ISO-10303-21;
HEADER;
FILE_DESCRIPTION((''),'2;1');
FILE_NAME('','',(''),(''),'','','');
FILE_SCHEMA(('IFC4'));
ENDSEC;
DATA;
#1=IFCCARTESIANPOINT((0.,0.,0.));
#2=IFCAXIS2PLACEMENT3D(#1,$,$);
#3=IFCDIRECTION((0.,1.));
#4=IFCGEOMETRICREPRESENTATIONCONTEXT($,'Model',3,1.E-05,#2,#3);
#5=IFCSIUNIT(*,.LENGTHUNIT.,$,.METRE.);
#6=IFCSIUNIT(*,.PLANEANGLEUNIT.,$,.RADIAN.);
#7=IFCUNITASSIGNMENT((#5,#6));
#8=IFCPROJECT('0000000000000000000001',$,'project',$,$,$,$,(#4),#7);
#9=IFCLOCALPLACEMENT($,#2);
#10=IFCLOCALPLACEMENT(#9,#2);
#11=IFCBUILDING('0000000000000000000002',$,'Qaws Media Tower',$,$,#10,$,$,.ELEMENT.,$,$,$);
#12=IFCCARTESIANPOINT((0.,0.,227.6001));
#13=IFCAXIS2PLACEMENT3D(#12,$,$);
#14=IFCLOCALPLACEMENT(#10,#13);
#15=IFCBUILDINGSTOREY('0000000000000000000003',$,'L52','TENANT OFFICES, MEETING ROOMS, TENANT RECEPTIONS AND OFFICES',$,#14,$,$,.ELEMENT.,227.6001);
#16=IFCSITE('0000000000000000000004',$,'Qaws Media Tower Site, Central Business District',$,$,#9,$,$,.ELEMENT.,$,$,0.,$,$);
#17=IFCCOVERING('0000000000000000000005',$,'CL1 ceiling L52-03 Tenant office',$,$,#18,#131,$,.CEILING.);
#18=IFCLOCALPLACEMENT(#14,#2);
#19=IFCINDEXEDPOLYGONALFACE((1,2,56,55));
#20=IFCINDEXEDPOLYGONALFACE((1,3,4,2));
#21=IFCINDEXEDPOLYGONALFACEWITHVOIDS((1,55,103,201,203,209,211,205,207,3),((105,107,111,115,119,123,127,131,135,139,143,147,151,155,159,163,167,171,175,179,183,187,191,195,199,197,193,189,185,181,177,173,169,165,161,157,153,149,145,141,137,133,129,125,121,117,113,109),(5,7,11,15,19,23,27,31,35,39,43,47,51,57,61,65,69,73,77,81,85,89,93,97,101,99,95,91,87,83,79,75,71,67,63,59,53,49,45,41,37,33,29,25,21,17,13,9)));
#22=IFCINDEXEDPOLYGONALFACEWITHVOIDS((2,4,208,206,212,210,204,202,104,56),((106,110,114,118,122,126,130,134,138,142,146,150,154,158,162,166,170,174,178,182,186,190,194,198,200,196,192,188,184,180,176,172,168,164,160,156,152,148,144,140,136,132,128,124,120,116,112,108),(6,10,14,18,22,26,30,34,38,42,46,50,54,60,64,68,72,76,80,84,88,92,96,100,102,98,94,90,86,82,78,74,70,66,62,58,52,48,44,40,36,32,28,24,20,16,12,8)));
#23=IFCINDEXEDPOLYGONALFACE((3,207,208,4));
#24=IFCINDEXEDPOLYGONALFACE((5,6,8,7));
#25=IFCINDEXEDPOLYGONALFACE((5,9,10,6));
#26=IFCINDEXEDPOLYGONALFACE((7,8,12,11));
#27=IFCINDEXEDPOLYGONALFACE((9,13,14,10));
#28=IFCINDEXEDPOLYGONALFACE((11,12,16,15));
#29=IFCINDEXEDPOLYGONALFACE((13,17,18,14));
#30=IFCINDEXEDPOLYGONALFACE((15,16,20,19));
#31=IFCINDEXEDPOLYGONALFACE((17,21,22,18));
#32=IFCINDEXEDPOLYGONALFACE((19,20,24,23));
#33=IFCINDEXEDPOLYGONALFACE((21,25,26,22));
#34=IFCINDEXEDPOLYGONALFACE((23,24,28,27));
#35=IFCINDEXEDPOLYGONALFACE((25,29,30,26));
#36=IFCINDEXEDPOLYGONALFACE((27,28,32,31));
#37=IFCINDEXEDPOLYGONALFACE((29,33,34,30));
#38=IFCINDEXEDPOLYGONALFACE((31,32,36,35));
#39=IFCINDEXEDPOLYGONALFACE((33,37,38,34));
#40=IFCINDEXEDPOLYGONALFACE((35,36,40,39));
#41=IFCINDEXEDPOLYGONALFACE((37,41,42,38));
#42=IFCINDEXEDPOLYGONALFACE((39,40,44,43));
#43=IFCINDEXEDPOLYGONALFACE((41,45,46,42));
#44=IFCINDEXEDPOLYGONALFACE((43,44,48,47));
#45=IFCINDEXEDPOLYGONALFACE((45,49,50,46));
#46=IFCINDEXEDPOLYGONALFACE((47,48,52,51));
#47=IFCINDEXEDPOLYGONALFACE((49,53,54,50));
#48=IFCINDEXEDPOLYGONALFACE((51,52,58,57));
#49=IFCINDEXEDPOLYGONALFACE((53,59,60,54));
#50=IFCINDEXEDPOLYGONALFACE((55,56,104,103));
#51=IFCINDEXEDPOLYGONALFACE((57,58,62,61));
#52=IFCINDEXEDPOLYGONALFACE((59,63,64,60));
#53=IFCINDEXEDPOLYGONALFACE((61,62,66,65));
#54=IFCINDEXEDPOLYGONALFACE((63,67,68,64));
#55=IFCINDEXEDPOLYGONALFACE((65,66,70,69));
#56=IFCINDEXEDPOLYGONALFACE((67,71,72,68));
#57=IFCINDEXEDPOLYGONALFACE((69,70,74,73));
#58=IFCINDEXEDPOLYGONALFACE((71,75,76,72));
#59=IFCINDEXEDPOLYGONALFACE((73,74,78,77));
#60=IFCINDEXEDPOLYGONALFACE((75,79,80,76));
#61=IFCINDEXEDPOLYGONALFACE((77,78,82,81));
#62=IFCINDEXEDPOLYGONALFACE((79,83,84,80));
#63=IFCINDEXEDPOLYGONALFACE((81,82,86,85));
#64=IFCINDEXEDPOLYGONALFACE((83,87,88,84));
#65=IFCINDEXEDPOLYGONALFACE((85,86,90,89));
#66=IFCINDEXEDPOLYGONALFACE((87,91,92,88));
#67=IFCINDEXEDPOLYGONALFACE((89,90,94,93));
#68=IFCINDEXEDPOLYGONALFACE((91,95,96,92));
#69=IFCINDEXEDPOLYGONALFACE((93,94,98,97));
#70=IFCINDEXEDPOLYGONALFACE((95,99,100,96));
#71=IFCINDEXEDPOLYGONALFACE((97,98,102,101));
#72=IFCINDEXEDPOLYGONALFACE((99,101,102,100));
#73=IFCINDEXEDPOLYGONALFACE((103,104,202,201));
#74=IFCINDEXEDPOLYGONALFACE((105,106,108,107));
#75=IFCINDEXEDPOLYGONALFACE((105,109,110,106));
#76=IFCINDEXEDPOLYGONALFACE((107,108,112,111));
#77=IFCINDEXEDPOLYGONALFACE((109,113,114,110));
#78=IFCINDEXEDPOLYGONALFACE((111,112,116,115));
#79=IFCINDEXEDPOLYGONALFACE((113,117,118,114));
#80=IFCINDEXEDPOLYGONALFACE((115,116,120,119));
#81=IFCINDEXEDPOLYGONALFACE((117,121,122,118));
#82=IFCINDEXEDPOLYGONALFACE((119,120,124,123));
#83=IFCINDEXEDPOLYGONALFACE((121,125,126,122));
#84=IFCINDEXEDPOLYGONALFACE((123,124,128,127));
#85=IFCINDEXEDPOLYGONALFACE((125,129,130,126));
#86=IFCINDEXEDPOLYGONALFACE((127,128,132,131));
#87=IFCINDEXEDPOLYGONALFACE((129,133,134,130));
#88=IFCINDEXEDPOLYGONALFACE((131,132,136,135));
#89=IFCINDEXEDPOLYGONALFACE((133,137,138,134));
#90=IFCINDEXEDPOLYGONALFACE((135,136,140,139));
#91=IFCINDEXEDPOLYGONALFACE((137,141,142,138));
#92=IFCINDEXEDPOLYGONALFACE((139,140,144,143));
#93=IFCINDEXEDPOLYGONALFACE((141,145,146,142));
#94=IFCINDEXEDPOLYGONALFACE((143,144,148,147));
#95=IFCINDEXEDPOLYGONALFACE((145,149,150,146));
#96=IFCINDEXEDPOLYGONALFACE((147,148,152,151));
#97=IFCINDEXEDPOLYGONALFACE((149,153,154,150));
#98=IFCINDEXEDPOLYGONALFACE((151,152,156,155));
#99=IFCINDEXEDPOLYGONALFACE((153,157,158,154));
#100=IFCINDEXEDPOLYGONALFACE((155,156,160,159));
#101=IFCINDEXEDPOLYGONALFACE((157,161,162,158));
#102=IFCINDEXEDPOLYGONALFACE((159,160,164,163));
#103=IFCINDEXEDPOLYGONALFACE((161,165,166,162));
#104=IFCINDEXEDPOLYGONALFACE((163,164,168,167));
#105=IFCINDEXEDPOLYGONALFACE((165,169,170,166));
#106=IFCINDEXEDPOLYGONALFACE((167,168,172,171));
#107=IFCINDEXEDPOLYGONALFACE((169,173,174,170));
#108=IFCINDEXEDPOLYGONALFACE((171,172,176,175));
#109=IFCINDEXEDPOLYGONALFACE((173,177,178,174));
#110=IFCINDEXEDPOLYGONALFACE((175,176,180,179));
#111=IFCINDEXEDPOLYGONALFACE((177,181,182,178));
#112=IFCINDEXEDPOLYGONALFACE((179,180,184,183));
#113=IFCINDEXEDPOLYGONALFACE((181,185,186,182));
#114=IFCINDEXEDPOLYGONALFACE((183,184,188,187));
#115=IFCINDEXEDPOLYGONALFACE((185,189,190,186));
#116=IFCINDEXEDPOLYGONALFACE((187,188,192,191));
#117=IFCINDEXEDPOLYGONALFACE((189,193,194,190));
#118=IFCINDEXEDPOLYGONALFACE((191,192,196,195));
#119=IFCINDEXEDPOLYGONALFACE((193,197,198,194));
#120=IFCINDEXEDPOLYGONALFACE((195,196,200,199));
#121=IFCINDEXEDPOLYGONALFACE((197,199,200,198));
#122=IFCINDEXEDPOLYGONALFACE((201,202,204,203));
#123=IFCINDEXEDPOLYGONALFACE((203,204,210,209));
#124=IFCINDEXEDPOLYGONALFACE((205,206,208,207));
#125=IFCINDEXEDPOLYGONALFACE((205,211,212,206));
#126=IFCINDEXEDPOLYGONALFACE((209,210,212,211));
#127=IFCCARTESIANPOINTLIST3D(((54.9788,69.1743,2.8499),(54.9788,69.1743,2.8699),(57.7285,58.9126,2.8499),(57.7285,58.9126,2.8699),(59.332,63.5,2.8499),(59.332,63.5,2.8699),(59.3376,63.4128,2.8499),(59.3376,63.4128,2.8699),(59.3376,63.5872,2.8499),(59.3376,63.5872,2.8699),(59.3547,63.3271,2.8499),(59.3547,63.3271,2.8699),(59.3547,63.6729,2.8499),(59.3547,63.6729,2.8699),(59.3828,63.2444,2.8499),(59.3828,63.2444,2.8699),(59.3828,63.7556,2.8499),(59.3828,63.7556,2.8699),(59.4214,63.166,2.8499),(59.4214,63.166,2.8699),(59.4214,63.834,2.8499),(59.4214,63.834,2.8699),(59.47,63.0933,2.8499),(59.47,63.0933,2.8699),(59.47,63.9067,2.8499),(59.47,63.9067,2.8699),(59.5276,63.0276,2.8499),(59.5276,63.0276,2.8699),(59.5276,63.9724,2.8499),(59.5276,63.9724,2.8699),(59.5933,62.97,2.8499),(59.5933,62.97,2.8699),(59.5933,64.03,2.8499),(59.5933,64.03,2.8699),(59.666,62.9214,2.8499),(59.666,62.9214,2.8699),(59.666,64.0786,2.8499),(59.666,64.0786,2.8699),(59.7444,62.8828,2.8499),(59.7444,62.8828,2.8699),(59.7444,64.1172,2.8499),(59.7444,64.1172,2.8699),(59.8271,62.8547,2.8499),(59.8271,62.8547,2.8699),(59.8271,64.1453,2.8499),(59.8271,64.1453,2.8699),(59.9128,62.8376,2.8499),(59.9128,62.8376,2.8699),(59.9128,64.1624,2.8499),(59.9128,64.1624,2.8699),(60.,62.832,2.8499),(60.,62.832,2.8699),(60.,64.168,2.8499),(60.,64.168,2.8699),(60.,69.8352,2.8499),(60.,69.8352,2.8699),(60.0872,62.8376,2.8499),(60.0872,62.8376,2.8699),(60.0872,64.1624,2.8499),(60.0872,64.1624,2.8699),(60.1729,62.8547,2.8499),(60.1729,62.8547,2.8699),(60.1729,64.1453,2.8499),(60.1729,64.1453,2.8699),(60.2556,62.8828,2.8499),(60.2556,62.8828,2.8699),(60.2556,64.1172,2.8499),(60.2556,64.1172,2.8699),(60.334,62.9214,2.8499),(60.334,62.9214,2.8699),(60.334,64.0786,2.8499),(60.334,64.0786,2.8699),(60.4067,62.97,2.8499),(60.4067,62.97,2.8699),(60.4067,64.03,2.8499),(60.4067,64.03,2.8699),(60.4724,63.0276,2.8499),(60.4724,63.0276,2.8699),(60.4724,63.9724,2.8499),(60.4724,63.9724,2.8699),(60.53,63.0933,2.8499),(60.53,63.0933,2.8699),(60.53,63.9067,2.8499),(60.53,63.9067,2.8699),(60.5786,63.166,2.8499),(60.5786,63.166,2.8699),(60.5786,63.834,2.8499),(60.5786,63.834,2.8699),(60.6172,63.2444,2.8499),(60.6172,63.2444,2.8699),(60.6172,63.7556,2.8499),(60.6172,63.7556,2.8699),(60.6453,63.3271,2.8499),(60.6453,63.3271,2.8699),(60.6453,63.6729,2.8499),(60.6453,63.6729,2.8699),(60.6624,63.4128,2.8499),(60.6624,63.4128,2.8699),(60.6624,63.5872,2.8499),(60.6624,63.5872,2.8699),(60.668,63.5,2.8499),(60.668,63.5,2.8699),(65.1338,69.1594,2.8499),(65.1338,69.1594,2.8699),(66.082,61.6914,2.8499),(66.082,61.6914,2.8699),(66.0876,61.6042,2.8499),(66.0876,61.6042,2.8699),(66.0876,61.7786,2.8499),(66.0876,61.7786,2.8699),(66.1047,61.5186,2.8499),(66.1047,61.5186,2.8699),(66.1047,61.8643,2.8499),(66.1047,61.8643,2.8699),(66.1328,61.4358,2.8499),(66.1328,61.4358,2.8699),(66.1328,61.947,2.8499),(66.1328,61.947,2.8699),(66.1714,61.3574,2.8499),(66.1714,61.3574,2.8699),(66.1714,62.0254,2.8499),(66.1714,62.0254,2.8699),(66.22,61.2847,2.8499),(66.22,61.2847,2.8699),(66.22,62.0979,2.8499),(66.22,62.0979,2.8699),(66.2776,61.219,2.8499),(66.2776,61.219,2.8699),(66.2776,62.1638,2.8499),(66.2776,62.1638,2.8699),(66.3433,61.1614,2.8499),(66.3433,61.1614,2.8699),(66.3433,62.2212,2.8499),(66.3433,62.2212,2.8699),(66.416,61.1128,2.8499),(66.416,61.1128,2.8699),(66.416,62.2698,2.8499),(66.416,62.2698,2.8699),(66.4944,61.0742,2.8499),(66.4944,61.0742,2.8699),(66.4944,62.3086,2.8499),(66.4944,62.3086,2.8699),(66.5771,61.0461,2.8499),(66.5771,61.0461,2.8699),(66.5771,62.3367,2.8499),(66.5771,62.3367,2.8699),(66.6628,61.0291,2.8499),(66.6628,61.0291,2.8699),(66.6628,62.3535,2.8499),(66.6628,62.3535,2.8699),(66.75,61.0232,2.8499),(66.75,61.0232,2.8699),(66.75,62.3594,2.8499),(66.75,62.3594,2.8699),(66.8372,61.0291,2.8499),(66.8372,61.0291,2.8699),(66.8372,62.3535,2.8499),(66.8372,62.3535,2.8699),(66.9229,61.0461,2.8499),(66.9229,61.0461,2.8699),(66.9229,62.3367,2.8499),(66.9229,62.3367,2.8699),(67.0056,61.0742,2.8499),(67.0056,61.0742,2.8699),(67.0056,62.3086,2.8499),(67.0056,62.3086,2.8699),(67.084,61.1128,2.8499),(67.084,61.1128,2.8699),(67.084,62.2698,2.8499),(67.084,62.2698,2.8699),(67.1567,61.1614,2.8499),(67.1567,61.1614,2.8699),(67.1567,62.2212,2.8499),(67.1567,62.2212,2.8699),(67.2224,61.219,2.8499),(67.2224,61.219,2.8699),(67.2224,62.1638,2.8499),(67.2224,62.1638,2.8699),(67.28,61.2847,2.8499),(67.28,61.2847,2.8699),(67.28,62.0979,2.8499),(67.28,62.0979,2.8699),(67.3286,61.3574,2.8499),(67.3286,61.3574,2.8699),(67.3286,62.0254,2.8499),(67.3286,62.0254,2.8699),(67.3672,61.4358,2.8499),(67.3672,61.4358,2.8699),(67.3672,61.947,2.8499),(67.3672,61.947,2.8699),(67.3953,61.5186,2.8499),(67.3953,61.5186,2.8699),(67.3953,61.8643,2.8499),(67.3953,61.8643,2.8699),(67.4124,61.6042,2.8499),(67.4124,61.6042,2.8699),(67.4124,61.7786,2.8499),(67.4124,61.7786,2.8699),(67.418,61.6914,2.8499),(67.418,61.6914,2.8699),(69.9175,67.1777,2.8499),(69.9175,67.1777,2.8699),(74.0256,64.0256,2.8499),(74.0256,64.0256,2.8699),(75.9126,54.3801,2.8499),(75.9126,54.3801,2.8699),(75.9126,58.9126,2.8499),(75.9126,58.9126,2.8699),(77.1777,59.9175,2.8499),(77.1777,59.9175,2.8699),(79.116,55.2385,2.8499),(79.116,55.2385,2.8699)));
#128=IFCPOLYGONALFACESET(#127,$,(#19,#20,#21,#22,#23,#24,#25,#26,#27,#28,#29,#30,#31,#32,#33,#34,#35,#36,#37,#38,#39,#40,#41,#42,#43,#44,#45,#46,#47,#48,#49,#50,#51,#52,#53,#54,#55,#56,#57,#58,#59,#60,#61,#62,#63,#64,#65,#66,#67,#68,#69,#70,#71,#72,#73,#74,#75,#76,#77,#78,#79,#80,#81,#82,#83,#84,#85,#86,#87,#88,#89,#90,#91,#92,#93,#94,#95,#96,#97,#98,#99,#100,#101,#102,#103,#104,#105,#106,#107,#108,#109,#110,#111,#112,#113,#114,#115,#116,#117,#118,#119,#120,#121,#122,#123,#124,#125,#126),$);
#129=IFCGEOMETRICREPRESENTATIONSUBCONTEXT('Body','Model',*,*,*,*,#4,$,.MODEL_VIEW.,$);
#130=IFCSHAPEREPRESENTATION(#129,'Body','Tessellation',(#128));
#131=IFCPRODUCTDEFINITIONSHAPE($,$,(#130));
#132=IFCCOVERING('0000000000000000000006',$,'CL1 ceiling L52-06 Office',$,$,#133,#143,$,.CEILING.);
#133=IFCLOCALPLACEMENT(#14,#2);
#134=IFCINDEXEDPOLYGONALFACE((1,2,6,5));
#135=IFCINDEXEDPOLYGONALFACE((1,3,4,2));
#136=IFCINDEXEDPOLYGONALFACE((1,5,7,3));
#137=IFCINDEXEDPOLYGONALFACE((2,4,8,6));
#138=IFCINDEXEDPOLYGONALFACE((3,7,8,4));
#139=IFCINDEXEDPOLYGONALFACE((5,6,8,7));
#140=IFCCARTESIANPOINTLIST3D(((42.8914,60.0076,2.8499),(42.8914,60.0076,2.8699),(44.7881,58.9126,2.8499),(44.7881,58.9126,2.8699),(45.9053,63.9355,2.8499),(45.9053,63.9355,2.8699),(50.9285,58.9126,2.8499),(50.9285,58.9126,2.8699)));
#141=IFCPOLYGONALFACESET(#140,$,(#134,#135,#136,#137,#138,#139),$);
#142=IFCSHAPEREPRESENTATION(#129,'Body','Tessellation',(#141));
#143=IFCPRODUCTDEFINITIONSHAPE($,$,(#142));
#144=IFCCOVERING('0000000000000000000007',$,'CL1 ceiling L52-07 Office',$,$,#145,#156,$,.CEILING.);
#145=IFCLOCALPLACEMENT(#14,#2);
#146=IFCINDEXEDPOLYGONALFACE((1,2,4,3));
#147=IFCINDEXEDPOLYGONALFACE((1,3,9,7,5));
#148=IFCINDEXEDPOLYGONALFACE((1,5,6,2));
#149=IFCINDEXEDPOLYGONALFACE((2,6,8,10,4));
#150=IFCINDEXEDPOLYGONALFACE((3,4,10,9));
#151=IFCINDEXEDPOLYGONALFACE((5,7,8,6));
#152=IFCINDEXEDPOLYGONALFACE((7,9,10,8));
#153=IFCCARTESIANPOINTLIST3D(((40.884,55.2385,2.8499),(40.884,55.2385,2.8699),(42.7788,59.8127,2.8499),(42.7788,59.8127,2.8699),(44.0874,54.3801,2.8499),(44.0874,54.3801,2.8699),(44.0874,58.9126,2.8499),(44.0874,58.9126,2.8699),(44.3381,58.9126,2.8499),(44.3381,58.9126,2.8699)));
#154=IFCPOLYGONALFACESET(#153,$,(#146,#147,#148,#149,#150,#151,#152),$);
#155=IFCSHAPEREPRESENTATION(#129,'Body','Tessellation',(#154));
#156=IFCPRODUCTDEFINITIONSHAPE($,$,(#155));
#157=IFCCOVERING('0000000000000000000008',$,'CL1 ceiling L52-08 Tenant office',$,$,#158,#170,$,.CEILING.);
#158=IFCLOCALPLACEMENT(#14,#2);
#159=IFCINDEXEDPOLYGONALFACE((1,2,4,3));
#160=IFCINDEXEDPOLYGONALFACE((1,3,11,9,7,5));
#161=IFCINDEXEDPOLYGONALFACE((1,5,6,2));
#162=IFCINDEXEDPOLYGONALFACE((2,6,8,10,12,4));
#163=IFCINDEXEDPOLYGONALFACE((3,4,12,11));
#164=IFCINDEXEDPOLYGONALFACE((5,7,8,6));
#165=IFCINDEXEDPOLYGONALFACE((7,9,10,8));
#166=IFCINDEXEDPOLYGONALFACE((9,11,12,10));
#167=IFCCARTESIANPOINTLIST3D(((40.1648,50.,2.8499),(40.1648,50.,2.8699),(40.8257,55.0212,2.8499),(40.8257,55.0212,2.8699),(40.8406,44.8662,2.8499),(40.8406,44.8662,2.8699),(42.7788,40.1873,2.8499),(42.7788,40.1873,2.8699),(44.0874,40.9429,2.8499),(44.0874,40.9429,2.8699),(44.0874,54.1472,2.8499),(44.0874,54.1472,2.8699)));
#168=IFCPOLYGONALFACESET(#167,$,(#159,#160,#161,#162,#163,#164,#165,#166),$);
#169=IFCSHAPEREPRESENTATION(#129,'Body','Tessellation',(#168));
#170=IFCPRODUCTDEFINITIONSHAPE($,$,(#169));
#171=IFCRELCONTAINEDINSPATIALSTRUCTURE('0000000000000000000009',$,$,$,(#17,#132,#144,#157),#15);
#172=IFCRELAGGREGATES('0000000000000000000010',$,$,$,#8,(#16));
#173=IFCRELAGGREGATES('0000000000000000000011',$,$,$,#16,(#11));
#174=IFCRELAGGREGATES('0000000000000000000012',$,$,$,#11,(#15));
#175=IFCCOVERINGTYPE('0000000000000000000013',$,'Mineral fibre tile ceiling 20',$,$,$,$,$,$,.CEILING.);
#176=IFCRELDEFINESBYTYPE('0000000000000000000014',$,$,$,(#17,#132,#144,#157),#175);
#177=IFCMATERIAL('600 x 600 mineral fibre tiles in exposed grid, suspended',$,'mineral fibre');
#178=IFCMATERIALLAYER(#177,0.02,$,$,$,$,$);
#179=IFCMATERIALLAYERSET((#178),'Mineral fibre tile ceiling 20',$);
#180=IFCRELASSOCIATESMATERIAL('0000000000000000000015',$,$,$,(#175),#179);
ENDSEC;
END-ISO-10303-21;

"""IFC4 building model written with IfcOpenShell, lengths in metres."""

from ifc_helpers import new_model, si_unit, direction, frame, origin, place, context, subcontext, project, spatial, polyline, outline, extrude, material, layer, layer_set, type_object, element, save


model = new_model("IFC4")

# Units and contexts
model_context = context("Model", 3, precision=1e-05, world=origin(), true_north=direction((0.0, 1.0)))
body_context = subcontext(model_context, "Body", "Model", "MODEL_VIEW")
ifc_project = project(units=[si_unit("LENGTHUNIT", "METRE"), si_unit("PLANEANGLEUNIT", "RADIAN")], contexts=[model_context])

# Site, building, storey
site_placement = place(None, origin())
site = spatial("IfcSite", under=ifc_project, at=site_placement, Name="Qaws Media Tower Site, Central Business District", CompositionType="ELEMENT", RefElevation=0.0)
building_placement = place(site_placement, origin())
building = spatial("IfcBuilding", under=site, at=building_placement, Name="Qaws Media Tower", CompositionType="ELEMENT")
storey_placement = place(building_placement, frame((0.0, 0.0, 227.6001)))
storey = spatial("IfcBuildingStorey", under=building, at=storey_placement, Name="L52", Description="TENANT OFFICES, MEETING ROOMS, TENANT RECEPTIONS AND OFFICES", CompositionType="ELEMENT", Elevation=227.6001)

# Coverings
ifc_material_1 = material(Name="600 x 600 mineral fibre tiles in exposed grid, suspended", Category="mineral fibre")
ifc_layer_1 = layer(ifc_material_1, 0.02)
ifc_layer_set_1 = layer_set([ifc_layer_1], Name="Mineral fibre tile ceiling 20")
covering_type_1 = type_object("IfcCoveringType", Name="Mineral fibre tile ceiling 20", PredefinedType="CEILING", material=ifc_layer_set_1)
covering_1_placement = place(storey_placement, frame((0.0, 0.0, 2.8499)))
element("IfcCovering", 1, at=covering_1_placement, inside=storey, type_object=covering_type_1, Name="CL1 ceiling L52-03 Tenant office", PredefinedType="CEILING", context=body_context, shape_type="SweptSolid", body=[
    extrude(outline(polyline([(60.0, 69.8352), (65.1338, 69.1594), (69.9175, 67.1777), (74.0256, 64.0256), (77.1777, 59.9175), (79.116, 55.2385), (75.9126, 54.3801), (75.9126, 58.9126), (57.7285, 58.9126), (54.9788, 69.1743), (60.0, 69.8352)]), holes=[polyline([(60.6172, 63.2444), (60.6453, 63.3271), (60.6624, 63.4128), (60.668, 63.5), (60.6624, 63.5872), (60.6453, 63.6729), (60.6172, 63.7556), (60.5786, 63.834), (60.53, 63.9067), (60.4724, 63.9724), (60.4067, 64.03), (60.334, 64.0786), (60.2556, 64.1172), (60.1729, 64.1453), (60.0872, 64.1624), (60.0, 64.168), (59.9128, 64.1624), (59.8271, 64.1453), (59.7444, 64.1172), (59.666, 64.0786), (59.5933, 64.03), (59.5276, 63.9724), (59.47, 63.9067), (59.4214, 63.834), (59.3828, 63.7556), (59.3547, 63.6729), (59.3376, 63.5872), (59.332, 63.5), (59.3376, 63.4128), (59.3547, 63.3271), (59.3828, 63.2444), (59.4214, 63.166), (59.47, 63.0933), (59.5276, 63.0276), (59.5933, 62.97), (59.666, 62.9214), (59.7444, 62.8828), (59.8271, 62.8547), (59.9128, 62.8376), (60.0, 62.832), (60.0872, 62.8376), (60.1729, 62.8547), (60.2556, 62.8828), (60.334, 62.9214), (60.4067, 62.97), (60.4724, 63.0276), (60.53, 63.0933), (60.5786, 63.166), (60.6172, 63.2444)]), polyline([(67.3672, 61.4358), (67.3953, 61.5186), (67.4124, 61.6042), (67.418, 61.6914), (67.4124, 61.7786), (67.3953, 61.8643), (67.3672, 61.947), (67.3286, 62.0254), (67.28, 62.0979), (67.2224, 62.1638), (67.1567, 62.2212), (67.084, 62.2698), (67.0056, 62.3086), (66.9229, 62.3367), (66.8372, 62.3535), (66.75, 62.3594), (66.6628, 62.3535), (66.5771, 62.3367), (66.4944, 62.3086), (66.416, 62.2698), (66.3433, 62.2212), (66.2776, 62.1638), (66.22, 62.0979), (66.1714, 62.0254), (66.1328, 61.947), (66.1047, 61.8643), (66.0876, 61.7786), (66.082, 61.6914), (66.0876, 61.6042), (66.1047, 61.5186), (66.1328, 61.4358), (66.1714, 61.3574), (66.22, 61.2847), (66.2776, 61.219), (66.3433, 61.1614), (66.416, 61.1128), (66.4944, 61.0742), (66.5771, 61.0461), (66.6628, 61.0291), (66.75, 61.0232), (66.8372, 61.0291), (66.9229, 61.0461), (67.0056, 61.0742), (67.084, 61.1128), (67.1567, 61.1614), (67.2224, 61.219), (67.28, 61.2847), (67.3286, 61.3574), (67.3672, 61.4358)])]), origin(), (0.0, 0.0, 1.0), 0.02),
])
covering_2_placement = place(storey_placement, frame((0.0, 0.0, 2.8499)))
element("IfcCovering", 2, at=covering_2_placement, inside=storey, type_object=covering_type_1, Name="CL1 ceiling L52-06 Office", PredefinedType="CEILING", context=body_context, shape_type="SweptSolid", body=[
    extrude(outline(polyline([(45.9053, 63.9355), (50.9285, 58.9126), (44.7881, 58.9126), (42.8914, 60.0076), (45.9053, 63.9355)])), origin(), (0.0, 0.0, 1.0), 0.02),
])
covering_3_placement = place(storey_placement, frame((0.0, 0.0, 2.8499)))
element("IfcCovering", 3, at=covering_3_placement, inside=storey, type_object=covering_type_1, Name="CL1 ceiling L52-07 Office", PredefinedType="CEILING", context=body_context, shape_type="SweptSolid", body=[
    extrude(outline(polyline([(42.7788, 59.8127), (44.3381, 58.9126), (44.0874, 58.9126), (44.0874, 54.3801), (40.884, 55.2385), (42.7788, 59.8127)])), origin(), (0.0, 0.0, 1.0), 0.02),
])
covering_4_placement = place(storey_placement, frame((0.0, 0.0, 2.8499)))
element("IfcCovering", 4, at=covering_4_placement, inside=storey, type_object=covering_type_1, Name="CL1 ceiling L52-08 Tenant office", PredefinedType="CEILING", context=body_context, shape_type="SweptSolid", body=[
    extrude(outline(polyline([(40.8406, 44.8662), (40.1648, 50.0), (40.8257, 55.0212), (44.0874, 54.1472), (44.0874, 40.9429), (42.7788, 40.1873), (40.8406, 44.8662)])), origin(), (0.0, 0.0, 1.0), 0.02),
])

save(model, "model.ifc")
